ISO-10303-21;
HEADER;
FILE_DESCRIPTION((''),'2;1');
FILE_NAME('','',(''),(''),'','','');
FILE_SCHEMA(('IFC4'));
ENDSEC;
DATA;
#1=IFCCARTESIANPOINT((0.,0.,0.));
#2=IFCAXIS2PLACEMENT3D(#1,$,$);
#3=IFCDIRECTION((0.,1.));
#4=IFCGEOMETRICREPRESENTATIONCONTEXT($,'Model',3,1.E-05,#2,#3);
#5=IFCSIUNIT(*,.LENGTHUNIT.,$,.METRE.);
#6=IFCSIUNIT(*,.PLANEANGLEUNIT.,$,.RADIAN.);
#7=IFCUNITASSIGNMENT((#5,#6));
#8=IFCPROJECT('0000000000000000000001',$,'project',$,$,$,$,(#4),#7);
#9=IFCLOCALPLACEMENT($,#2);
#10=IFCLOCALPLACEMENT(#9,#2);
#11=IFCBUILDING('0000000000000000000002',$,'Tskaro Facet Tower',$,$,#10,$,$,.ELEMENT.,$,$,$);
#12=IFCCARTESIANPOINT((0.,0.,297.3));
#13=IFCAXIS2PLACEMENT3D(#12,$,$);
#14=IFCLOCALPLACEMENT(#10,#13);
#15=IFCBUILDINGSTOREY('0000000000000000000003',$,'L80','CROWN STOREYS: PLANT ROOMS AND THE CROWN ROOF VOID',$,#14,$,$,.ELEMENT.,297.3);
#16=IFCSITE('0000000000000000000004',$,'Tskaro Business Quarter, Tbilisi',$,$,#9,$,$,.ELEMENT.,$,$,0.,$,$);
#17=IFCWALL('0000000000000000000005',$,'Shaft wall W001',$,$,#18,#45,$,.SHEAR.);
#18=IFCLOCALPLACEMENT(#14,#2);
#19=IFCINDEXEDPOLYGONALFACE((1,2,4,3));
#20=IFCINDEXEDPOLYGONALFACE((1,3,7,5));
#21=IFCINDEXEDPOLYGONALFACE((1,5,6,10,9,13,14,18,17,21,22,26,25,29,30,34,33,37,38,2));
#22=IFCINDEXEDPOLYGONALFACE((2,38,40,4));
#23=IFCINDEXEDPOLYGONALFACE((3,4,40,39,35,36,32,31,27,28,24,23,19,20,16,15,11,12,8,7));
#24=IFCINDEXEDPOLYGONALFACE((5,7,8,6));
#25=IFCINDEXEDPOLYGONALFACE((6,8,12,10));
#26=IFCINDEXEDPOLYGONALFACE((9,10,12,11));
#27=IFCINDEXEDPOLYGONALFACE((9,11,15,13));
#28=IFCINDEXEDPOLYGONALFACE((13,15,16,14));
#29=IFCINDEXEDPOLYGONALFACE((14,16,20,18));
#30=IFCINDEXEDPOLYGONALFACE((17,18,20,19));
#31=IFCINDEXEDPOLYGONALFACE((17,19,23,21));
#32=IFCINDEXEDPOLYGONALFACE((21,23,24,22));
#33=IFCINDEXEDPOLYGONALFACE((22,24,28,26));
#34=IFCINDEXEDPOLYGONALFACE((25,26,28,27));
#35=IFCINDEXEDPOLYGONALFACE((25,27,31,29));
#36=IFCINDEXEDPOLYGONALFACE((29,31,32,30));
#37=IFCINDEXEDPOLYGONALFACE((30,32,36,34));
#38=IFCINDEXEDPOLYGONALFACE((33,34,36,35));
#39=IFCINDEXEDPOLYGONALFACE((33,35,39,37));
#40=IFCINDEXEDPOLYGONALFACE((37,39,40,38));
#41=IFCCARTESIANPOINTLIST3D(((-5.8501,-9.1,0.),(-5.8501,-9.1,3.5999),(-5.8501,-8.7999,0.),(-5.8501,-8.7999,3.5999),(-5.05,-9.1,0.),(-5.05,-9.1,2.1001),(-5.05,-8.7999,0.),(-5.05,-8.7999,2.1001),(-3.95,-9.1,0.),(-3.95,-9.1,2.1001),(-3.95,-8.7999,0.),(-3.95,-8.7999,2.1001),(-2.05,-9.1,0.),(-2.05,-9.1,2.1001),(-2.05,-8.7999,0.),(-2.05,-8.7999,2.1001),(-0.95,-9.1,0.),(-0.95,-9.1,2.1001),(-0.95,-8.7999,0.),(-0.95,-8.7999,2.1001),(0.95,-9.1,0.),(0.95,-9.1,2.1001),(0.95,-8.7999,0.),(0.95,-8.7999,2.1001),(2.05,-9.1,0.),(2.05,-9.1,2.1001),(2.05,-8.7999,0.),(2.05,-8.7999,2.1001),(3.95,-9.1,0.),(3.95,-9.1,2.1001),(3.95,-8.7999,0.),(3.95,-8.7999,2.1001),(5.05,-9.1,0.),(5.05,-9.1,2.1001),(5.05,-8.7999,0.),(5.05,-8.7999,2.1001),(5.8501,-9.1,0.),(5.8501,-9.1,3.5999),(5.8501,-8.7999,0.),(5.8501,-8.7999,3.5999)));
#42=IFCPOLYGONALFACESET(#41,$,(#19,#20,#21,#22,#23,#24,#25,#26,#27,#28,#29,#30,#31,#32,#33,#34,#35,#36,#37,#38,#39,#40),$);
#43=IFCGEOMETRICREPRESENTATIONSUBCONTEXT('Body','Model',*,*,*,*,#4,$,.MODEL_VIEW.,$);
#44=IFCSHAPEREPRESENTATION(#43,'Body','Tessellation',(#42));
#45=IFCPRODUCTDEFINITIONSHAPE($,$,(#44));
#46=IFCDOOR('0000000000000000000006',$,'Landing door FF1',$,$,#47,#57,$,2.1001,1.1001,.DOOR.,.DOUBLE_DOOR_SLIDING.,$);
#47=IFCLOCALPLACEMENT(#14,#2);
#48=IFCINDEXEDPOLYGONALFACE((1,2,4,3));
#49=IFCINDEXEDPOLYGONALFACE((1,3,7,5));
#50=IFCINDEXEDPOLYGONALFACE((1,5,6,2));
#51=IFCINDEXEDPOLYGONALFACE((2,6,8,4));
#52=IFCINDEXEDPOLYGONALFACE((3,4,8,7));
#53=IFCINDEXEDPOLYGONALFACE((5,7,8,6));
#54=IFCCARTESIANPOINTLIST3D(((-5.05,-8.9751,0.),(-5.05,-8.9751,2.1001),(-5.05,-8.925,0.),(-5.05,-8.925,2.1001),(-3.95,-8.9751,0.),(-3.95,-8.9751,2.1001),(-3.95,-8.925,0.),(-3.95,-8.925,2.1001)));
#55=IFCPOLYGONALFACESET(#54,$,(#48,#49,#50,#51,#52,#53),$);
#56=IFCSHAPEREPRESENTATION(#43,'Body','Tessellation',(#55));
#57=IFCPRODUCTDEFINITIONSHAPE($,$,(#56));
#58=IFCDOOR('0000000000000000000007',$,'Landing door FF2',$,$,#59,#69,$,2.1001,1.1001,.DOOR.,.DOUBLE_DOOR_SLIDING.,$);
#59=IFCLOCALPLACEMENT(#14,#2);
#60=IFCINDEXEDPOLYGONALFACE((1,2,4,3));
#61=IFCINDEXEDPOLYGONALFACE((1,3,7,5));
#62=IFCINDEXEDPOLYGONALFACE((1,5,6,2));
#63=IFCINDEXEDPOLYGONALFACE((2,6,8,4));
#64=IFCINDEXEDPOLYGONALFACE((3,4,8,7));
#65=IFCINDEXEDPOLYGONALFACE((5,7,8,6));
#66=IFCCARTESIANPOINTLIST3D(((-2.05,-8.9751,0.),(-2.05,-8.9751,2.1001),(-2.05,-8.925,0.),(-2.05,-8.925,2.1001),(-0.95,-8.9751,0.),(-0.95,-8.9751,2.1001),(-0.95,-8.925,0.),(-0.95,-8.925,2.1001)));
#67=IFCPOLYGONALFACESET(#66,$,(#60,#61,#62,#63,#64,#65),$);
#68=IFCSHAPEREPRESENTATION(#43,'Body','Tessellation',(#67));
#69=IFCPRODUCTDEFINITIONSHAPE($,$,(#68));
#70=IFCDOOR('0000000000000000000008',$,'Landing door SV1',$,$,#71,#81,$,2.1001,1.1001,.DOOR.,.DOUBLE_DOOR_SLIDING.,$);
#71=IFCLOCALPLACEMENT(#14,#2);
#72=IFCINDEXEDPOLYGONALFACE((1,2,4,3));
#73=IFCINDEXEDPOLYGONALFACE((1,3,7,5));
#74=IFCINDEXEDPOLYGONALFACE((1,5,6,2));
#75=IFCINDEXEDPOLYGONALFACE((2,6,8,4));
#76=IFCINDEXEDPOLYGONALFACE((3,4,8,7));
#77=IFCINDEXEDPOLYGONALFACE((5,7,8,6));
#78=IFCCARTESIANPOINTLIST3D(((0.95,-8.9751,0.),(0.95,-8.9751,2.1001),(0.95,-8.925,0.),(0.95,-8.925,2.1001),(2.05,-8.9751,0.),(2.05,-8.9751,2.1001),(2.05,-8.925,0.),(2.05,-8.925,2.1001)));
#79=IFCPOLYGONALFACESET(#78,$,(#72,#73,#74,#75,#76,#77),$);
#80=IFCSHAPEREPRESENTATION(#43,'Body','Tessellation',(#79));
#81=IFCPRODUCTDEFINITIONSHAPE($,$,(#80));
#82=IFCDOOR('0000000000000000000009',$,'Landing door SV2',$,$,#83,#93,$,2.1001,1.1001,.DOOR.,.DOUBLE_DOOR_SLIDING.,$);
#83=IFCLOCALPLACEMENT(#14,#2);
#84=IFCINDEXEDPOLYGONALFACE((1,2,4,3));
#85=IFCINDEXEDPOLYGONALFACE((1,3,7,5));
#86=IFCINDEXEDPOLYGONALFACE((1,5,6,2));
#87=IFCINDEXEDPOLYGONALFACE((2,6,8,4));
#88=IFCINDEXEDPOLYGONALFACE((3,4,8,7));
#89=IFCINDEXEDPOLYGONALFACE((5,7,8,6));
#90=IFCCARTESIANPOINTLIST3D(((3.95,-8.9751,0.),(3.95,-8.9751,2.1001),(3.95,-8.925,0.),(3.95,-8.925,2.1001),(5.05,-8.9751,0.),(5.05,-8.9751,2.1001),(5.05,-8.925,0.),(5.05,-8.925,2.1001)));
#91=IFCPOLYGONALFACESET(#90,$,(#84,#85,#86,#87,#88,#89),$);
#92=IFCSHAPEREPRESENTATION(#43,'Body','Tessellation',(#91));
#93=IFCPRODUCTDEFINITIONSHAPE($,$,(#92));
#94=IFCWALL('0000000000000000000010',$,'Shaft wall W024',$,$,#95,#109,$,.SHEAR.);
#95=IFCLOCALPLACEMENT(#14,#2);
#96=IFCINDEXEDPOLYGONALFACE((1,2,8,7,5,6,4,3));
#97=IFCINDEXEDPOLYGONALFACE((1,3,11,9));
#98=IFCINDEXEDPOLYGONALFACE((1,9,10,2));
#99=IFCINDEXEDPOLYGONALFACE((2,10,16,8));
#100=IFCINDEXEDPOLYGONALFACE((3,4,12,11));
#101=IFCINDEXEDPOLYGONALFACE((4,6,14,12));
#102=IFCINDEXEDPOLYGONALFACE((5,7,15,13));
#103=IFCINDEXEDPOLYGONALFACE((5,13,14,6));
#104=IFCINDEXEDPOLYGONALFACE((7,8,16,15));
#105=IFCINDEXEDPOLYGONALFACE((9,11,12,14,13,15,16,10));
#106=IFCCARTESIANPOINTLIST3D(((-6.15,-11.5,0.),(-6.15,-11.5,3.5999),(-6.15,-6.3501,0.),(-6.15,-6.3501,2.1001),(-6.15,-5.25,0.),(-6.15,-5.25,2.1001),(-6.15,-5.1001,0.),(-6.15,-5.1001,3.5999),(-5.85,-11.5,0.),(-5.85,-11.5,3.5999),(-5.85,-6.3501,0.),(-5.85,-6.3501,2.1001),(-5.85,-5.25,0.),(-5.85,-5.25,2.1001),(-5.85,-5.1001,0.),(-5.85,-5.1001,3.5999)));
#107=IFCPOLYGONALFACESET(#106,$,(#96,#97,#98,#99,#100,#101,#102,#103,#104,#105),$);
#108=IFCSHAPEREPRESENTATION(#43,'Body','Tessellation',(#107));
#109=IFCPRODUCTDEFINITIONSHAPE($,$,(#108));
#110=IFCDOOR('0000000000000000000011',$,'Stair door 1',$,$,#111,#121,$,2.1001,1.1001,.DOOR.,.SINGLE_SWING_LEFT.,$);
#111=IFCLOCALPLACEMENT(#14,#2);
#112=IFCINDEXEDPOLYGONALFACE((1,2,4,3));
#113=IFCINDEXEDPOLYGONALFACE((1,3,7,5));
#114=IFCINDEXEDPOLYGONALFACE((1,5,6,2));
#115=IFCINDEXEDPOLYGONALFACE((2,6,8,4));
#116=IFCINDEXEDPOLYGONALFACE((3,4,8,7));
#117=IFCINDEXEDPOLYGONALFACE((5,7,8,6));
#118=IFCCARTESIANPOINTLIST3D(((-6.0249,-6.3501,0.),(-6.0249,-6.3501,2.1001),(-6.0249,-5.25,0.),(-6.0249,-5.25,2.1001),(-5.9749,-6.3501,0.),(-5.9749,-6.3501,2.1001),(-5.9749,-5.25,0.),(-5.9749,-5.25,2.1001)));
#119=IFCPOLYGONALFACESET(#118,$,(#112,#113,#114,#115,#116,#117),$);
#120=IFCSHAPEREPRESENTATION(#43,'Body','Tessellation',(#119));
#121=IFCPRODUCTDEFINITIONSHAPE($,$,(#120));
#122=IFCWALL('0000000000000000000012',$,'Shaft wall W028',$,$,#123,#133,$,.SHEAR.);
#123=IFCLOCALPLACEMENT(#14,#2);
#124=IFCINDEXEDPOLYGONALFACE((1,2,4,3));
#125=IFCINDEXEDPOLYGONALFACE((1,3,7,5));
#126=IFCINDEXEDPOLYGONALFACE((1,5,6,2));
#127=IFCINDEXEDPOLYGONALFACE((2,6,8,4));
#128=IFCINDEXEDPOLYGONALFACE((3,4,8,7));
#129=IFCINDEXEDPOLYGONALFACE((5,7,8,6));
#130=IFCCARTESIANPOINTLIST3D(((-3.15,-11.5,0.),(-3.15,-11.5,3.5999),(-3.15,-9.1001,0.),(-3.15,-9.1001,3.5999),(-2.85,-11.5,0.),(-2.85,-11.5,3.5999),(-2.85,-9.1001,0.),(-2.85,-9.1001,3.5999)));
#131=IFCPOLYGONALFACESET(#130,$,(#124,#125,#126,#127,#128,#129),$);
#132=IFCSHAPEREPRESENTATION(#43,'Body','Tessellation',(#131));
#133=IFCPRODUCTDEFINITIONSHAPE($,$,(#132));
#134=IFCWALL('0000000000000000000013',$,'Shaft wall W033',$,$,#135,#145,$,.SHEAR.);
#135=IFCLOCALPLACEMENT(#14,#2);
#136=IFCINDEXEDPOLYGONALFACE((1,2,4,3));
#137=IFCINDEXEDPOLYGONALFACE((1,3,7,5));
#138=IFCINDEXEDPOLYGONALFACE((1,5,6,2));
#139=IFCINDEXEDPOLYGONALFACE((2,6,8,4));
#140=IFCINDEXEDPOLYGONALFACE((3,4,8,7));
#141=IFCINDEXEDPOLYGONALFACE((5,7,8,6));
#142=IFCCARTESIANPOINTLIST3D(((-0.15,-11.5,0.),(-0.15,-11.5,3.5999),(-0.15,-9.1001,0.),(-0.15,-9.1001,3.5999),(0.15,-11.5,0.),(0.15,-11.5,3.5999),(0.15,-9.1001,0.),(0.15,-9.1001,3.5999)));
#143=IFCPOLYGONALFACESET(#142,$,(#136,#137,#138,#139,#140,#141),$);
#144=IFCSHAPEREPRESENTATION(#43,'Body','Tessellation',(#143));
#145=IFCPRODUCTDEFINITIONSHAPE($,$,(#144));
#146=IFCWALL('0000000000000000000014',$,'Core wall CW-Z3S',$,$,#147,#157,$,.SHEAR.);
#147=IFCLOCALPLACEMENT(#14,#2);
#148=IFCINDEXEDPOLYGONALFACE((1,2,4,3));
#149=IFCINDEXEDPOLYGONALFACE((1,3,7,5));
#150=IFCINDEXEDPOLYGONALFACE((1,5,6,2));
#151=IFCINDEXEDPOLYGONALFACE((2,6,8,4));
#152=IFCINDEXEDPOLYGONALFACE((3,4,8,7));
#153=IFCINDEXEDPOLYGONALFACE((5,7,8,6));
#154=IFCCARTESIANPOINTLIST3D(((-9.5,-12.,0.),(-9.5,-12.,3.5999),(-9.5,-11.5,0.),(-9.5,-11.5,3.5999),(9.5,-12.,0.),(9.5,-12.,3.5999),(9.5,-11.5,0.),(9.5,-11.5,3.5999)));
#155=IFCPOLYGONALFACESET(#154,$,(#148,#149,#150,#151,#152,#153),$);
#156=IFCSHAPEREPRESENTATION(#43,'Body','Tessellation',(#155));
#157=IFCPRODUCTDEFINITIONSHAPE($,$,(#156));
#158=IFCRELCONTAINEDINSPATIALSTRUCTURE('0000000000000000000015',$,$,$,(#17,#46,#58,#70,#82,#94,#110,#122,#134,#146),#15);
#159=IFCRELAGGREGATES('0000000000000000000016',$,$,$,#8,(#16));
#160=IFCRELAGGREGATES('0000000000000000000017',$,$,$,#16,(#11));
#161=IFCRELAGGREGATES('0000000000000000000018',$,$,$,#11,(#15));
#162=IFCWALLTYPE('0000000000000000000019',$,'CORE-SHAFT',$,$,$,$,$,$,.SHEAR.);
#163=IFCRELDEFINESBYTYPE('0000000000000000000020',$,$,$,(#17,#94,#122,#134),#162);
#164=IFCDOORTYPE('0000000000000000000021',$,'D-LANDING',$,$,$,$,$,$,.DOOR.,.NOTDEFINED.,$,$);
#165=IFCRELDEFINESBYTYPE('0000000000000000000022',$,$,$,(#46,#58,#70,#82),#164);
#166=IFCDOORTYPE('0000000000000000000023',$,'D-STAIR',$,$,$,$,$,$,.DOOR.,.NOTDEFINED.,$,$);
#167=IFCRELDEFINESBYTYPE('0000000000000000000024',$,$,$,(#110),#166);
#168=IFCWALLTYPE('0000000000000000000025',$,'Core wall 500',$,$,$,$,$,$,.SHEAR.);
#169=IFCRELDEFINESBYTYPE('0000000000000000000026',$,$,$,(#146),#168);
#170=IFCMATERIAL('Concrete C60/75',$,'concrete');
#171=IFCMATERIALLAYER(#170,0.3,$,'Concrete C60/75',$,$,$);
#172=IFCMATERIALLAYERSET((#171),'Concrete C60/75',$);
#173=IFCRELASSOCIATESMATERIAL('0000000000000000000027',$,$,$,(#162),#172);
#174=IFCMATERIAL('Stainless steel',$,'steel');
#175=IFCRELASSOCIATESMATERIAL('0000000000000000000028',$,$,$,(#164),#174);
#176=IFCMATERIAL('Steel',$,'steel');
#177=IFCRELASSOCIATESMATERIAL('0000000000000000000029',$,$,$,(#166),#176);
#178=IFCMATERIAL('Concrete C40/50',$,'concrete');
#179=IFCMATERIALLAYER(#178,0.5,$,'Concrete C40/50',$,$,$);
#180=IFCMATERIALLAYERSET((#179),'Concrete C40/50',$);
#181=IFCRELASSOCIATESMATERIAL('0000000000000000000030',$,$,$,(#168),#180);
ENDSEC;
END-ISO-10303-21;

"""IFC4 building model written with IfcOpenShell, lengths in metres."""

from ifc_helpers import new_model, si_unit, direction, frame, frame_2d, origin, place, context, subcontext, project, spatial, polyline, rectangle, outline, extrude, material, layer, layer_set, type_object, element, fill, save


model = new_model("IFC4")

# Units and contexts
model_context = context("Model", 3, precision=1e-05, world=origin(), true_north=direction((0.0, 1.0)))
body_context = subcontext(model_context, "Body", "Model", "MODEL_VIEW")
ifc_project = project(units=[si_unit("LENGTHUNIT", "METRE"), si_unit("PLANEANGLEUNIT", "RADIAN")], contexts=[model_context])

# Site, building, storey
site_placement = place(None, origin())
site = spatial("IfcSite", under=ifc_project, at=site_placement, Name="Tskaro Business Quarter, Tbilisi", CompositionType="ELEMENT", RefElevation=0.0)
building_placement = place(site_placement, origin())
building = spatial("IfcBuilding", under=site, at=building_placement, Name="Tskaro Facet Tower", CompositionType="ELEMENT")
storey_placement = place(building_placement, frame((0.0, 0.0, 297.3)))
storey = spatial("IfcBuildingStorey", under=building, at=storey_placement, Name="L80", Description="CROWN STOREYS: PLANT ROOMS AND THE CROWN ROOF VOID", CompositionType="ELEMENT", Elevation=297.3)

# Wall, openings, doors
ifc_material_1 = material(Name="Concrete C60/75", Category="concrete")
ifc_layer_1 = layer(ifc_material_1, 0.3, Name="Concrete C60/75")
ifc_layer_set_1 = layer_set([ifc_layer_1], Name="Concrete C60/75")
wall_type_1 = type_object("IfcWallType", Name="CORE-SHAFT", PredefinedType="SHEAR", material=ifc_layer_set_1)
wall_1_placement = place(storey_placement, frame((-5.8501, -8.95, 0.0), z_axis=(0.0, 0.0, 1.0), x_axis=(1.0, 0.0, 0.0)))
wall_1 = element("IfcWall", 1, at=wall_1_placement, inside=storey, type_object=wall_type_1, Name="Shaft wall W001", PredefinedType="SHEAR", context=body_context, shape_type="SweptSolid", body=[
    extrude(rectangle(XDim=11.7002, YDim=0.3, at=frame_2d((5.8501, 0.0))), origin(), (0.0, 0.0, 1.0), 3.5999),
])
opening_1_placement = place(wall_1_placement, frame((0.8, 0.0, 0.0)))
opening_1 = element("IfcOpeningElement", 2, at=opening_1_placement, cuts=wall_1, PredefinedType="OPENING", context=body_context, shape_type="SweptSolid", body=[
    extrude(rectangle(XDim=1.1001, YDim=2.1001, at=frame_2d((0.55, 1.05))), frame((0.0, 0.1599, 0.0), z_axis=(0.0, -1.0, 0.0), x_axis=(1.0, 0.0, 0.0)), (0.0, 0.0, 1.0), 0.3201),
])
opening_2_placement = place(wall_1_placement, frame((3.8, 0.0, 0.0)))
opening_2 = element("IfcOpeningElement", 3, at=opening_2_placement, cuts=wall_1, PredefinedType="OPENING", context=body_context, shape_type="SweptSolid", body=[
    extrude(rectangle(XDim=1.1001, YDim=2.1001, at=frame_2d((0.55, 1.05))), frame((0.0, 0.1599, 0.0), z_axis=(0.0, -1.0, 0.0), x_axis=(1.0, 0.0, 0.0)), (0.0, 0.0, 1.0), 0.3201),
])
opening_3_placement = place(wall_1_placement, frame((6.8, 0.0, 0.0)))
opening_3 = element("IfcOpeningElement", 4, at=opening_3_placement, cuts=wall_1, PredefinedType="OPENING", context=body_context, shape_type="SweptSolid", body=[
    extrude(rectangle(XDim=1.1001, YDim=2.1001, at=frame_2d((0.55, 1.05))), frame((0.0, 0.1599, 0.0), z_axis=(0.0, -1.0, 0.0), x_axis=(1.0, 0.0, 0.0)), (0.0, 0.0, 1.0), 0.3201),
])
opening_4_placement = place(wall_1_placement, frame((9.8, 0.0, 0.0)))
opening_4 = element("IfcOpeningElement", 5, at=opening_4_placement, cuts=wall_1, PredefinedType="OPENING", context=body_context, shape_type="SweptSolid", body=[
    extrude(rectangle(XDim=1.1001, YDim=2.1001, at=frame_2d((0.55, 1.05))), frame((0.0, 0.1599, 0.0), z_axis=(0.0, -1.0, 0.0), x_axis=(1.0, 0.0, 0.0)), (0.0, 0.0, 1.0), 0.3201),
])
ifc_material_2 = material(Name="Stainless steel", Category="steel")
door_type_1 = type_object("IfcDoorType", Name="D-LANDING", OperationType="NOTDEFINED", PredefinedType="DOOR", material=ifc_material_2)
door_1_placement = place(opening_1_placement, origin())
door_1 = element("IfcDoor", 6, at=door_1_placement, inside=storey, type_object=door_type_1, Name="Landing door FF1", OperationType="DOUBLE_DOOR_SLIDING", OverallHeight=2.1001, OverallWidth=1.1001, PredefinedType="DOOR", context=body_context, shape_type="SweptSolid", body=[
    extrude(rectangle(XDim=1.1001, YDim=2.1001, at=frame_2d((0.55, 1.05))), frame((0.0, 0.0249, 0.0), z_axis=(0.0, -1.0, 0.0), x_axis=(1.0, 0.0, 0.0)), (0.0, 0.0, 1.0), 0.05),
])
fill(opening_1, door_1)
door_2_placement = place(opening_2_placement, origin())
door_2 = element("IfcDoor", 7, at=door_2_placement, inside=storey, type_object=door_type_1, Name="Landing door FF2", OperationType="DOUBLE_DOOR_SLIDING", OverallHeight=2.1001, OverallWidth=1.1001, PredefinedType="DOOR", context=body_context, shape_type="SweptSolid", body=[
    extrude(rectangle(XDim=1.1001, YDim=2.1001, at=frame_2d((0.55, 1.05))), frame((0.0, 0.0249, 0.0), z_axis=(0.0, -1.0, 0.0), x_axis=(1.0, 0.0, 0.0)), (0.0, 0.0, 1.0), 0.05),
])
fill(opening_2, door_2)
door_3_placement = place(opening_3_placement, origin())
door_3 = element("IfcDoor", 8, at=door_3_placement, inside=storey, type_object=door_type_1, Name="Landing door SV1", OperationType="DOUBLE_DOOR_SLIDING", OverallHeight=2.1001, OverallWidth=1.1001, PredefinedType="DOOR", context=body_context, shape_type="SweptSolid", body=[
    extrude(rectangle(XDim=1.1001, YDim=2.1001, at=frame_2d((0.55, 1.05))), frame((0.0, 0.0249, 0.0), z_axis=(0.0, -1.0, 0.0), x_axis=(1.0, 0.0, 0.0)), (0.0, 0.0, 1.0), 0.05),
])
fill(opening_3, door_3)
door_4_placement = place(opening_4_placement, origin())
door_4 = element("IfcDoor", 9, at=door_4_placement, inside=storey, type_object=door_type_1, Name="Landing door SV2", OperationType="DOUBLE_DOOR_SLIDING", OverallHeight=2.1001, OverallWidth=1.1001, PredefinedType="DOOR", context=body_context, shape_type="SweptSolid", body=[
    extrude(rectangle(XDim=1.1001, YDim=2.1001, at=frame_2d((0.55, 1.05))), frame((0.0, 0.0249, 0.0), z_axis=(0.0, -1.0, 0.0), x_axis=(1.0, 0.0, 0.0)), (0.0, 0.0, 1.0), 0.05),
])
fill(opening_4, door_4)

# Wall, opening, door
wall_2_placement = place(storey_placement, frame((-6.0, -11.5, 0.0), z_axis=(0.0, 0.0, 1.0), x_axis=(0.0, 1.0, 0.0)))
wall_2 = element("IfcWall", 10, at=wall_2_placement, inside=storey, type_object=wall_type_1, Name="Shaft wall W024", PredefinedType="SHEAR", context=body_context, shape_type="SweptSolid", body=[
    extrude(rectangle(XDim=6.3999, YDim=0.3, at=frame_2d((3.2, 0.0))), origin(), (0.0, 0.0, 1.0), 3.5999),
])
opening_5_placement = place(wall_2_placement, frame((5.1499, 0.0, 0.0)))
opening_5 = element("IfcOpeningElement", 11, at=opening_5_placement, cuts=wall_2, PredefinedType="OPENING", context=body_context, shape_type="SweptSolid", body=[
    extrude(rectangle(XDim=1.1001, YDim=2.1001, at=frame_2d((0.55, 1.05))), frame((0.0, 0.1599, 0.0), z_axis=(0.0, -1.0, 0.0), x_axis=(1.0, 0.0, 0.0)), (0.0, 0.0, 1.0), 0.3201),
])
ifc_material_3 = material(Name="Steel", Category="steel")
door_type_2 = type_object("IfcDoorType", Name="D-STAIR", OperationType="NOTDEFINED", PredefinedType="DOOR", material=ifc_material_3)
door_5_placement = place(opening_5_placement, origin())
door_5 = element("IfcDoor", 12, at=door_5_placement, inside=storey, type_object=door_type_2, Name="Stair door 1", OperationType="SINGLE_SWING_LEFT", OverallHeight=2.1001, OverallWidth=1.1001, PredefinedType="DOOR", context=body_context, shape_type="SweptSolid", body=[
    extrude(rectangle(XDim=1.1001, YDim=2.1001, at=frame_2d((0.55, 1.05))), frame((0.0, 0.0249, 0.0), z_axis=(0.0, -1.0, 0.0), x_axis=(1.0, 0.0, 0.0)), (0.0, 0.0, 1.0), 0.05),
])
fill(opening_5, door_5)

# Walls
for number, where, z_axis, x_axis, name in (
    (13, (-3.0, -11.5, 0.0), (0.0, 0.0, 1.0), (0.0, 1.0, 0.0), "Shaft wall W028"),
    (14, (0.0, -11.5, 0.0), (0.0, 0.0, 1.0), (0.0, 1.0, 0.0), "Shaft wall W033"),
):
    element("IfcWall", number, at=place(storey_placement, frame(where, z_axis=z_axis, x_axis=x_axis)), inside=storey, type_object=wall_type_1, Name=name, PredefinedType="SHEAR", context=body_context, shape_type="SweptSolid", body=[
        extrude(rectangle(XDim=2.3999, YDim=0.3, at=frame_2d((1.2, 0.0))), origin(), (0.0, 0.0, 1.0), 3.5999),
    ])
ifc_material_4 = material(Name="Concrete C40/50", Category="concrete")
ifc_layer_2 = layer(ifc_material_4, 0.5, Name="Concrete C40/50")
ifc_layer_set_2 = layer_set([ifc_layer_2], Name="Concrete C40/50")
wall_type_2 = type_object("IfcWallType", Name="Core wall 500", PredefinedType="SHEAR", material=ifc_layer_set_2)
wall_3_placement = place(storey_placement, frame((-9.5, -11.75, 0.0), z_axis=(0.0, 0.0, 1.0), x_axis=(1.0, 0.0, 0.0)))
element("IfcWall", 15, at=wall_3_placement, inside=storey, type_object=wall_type_2, Name="Core wall CW-Z3S", PredefinedType="SHEAR", context=body_context, shape_type="SweptSolid", body=[
    extrude(outline(polyline([(0.0, 0.0), (19.0, 0.0), (19.0, 3.5999), (0.0, 3.5999), (0.0, 0.0)])), frame((0.0, 0.25, 0.0), z_axis=(0.0, -1.0, 0.0), x_axis=(1.0, 0.0, 0.0)), (0.0, 0.0, 1.0), 0.5),
])

save(model, "model.ifc")
